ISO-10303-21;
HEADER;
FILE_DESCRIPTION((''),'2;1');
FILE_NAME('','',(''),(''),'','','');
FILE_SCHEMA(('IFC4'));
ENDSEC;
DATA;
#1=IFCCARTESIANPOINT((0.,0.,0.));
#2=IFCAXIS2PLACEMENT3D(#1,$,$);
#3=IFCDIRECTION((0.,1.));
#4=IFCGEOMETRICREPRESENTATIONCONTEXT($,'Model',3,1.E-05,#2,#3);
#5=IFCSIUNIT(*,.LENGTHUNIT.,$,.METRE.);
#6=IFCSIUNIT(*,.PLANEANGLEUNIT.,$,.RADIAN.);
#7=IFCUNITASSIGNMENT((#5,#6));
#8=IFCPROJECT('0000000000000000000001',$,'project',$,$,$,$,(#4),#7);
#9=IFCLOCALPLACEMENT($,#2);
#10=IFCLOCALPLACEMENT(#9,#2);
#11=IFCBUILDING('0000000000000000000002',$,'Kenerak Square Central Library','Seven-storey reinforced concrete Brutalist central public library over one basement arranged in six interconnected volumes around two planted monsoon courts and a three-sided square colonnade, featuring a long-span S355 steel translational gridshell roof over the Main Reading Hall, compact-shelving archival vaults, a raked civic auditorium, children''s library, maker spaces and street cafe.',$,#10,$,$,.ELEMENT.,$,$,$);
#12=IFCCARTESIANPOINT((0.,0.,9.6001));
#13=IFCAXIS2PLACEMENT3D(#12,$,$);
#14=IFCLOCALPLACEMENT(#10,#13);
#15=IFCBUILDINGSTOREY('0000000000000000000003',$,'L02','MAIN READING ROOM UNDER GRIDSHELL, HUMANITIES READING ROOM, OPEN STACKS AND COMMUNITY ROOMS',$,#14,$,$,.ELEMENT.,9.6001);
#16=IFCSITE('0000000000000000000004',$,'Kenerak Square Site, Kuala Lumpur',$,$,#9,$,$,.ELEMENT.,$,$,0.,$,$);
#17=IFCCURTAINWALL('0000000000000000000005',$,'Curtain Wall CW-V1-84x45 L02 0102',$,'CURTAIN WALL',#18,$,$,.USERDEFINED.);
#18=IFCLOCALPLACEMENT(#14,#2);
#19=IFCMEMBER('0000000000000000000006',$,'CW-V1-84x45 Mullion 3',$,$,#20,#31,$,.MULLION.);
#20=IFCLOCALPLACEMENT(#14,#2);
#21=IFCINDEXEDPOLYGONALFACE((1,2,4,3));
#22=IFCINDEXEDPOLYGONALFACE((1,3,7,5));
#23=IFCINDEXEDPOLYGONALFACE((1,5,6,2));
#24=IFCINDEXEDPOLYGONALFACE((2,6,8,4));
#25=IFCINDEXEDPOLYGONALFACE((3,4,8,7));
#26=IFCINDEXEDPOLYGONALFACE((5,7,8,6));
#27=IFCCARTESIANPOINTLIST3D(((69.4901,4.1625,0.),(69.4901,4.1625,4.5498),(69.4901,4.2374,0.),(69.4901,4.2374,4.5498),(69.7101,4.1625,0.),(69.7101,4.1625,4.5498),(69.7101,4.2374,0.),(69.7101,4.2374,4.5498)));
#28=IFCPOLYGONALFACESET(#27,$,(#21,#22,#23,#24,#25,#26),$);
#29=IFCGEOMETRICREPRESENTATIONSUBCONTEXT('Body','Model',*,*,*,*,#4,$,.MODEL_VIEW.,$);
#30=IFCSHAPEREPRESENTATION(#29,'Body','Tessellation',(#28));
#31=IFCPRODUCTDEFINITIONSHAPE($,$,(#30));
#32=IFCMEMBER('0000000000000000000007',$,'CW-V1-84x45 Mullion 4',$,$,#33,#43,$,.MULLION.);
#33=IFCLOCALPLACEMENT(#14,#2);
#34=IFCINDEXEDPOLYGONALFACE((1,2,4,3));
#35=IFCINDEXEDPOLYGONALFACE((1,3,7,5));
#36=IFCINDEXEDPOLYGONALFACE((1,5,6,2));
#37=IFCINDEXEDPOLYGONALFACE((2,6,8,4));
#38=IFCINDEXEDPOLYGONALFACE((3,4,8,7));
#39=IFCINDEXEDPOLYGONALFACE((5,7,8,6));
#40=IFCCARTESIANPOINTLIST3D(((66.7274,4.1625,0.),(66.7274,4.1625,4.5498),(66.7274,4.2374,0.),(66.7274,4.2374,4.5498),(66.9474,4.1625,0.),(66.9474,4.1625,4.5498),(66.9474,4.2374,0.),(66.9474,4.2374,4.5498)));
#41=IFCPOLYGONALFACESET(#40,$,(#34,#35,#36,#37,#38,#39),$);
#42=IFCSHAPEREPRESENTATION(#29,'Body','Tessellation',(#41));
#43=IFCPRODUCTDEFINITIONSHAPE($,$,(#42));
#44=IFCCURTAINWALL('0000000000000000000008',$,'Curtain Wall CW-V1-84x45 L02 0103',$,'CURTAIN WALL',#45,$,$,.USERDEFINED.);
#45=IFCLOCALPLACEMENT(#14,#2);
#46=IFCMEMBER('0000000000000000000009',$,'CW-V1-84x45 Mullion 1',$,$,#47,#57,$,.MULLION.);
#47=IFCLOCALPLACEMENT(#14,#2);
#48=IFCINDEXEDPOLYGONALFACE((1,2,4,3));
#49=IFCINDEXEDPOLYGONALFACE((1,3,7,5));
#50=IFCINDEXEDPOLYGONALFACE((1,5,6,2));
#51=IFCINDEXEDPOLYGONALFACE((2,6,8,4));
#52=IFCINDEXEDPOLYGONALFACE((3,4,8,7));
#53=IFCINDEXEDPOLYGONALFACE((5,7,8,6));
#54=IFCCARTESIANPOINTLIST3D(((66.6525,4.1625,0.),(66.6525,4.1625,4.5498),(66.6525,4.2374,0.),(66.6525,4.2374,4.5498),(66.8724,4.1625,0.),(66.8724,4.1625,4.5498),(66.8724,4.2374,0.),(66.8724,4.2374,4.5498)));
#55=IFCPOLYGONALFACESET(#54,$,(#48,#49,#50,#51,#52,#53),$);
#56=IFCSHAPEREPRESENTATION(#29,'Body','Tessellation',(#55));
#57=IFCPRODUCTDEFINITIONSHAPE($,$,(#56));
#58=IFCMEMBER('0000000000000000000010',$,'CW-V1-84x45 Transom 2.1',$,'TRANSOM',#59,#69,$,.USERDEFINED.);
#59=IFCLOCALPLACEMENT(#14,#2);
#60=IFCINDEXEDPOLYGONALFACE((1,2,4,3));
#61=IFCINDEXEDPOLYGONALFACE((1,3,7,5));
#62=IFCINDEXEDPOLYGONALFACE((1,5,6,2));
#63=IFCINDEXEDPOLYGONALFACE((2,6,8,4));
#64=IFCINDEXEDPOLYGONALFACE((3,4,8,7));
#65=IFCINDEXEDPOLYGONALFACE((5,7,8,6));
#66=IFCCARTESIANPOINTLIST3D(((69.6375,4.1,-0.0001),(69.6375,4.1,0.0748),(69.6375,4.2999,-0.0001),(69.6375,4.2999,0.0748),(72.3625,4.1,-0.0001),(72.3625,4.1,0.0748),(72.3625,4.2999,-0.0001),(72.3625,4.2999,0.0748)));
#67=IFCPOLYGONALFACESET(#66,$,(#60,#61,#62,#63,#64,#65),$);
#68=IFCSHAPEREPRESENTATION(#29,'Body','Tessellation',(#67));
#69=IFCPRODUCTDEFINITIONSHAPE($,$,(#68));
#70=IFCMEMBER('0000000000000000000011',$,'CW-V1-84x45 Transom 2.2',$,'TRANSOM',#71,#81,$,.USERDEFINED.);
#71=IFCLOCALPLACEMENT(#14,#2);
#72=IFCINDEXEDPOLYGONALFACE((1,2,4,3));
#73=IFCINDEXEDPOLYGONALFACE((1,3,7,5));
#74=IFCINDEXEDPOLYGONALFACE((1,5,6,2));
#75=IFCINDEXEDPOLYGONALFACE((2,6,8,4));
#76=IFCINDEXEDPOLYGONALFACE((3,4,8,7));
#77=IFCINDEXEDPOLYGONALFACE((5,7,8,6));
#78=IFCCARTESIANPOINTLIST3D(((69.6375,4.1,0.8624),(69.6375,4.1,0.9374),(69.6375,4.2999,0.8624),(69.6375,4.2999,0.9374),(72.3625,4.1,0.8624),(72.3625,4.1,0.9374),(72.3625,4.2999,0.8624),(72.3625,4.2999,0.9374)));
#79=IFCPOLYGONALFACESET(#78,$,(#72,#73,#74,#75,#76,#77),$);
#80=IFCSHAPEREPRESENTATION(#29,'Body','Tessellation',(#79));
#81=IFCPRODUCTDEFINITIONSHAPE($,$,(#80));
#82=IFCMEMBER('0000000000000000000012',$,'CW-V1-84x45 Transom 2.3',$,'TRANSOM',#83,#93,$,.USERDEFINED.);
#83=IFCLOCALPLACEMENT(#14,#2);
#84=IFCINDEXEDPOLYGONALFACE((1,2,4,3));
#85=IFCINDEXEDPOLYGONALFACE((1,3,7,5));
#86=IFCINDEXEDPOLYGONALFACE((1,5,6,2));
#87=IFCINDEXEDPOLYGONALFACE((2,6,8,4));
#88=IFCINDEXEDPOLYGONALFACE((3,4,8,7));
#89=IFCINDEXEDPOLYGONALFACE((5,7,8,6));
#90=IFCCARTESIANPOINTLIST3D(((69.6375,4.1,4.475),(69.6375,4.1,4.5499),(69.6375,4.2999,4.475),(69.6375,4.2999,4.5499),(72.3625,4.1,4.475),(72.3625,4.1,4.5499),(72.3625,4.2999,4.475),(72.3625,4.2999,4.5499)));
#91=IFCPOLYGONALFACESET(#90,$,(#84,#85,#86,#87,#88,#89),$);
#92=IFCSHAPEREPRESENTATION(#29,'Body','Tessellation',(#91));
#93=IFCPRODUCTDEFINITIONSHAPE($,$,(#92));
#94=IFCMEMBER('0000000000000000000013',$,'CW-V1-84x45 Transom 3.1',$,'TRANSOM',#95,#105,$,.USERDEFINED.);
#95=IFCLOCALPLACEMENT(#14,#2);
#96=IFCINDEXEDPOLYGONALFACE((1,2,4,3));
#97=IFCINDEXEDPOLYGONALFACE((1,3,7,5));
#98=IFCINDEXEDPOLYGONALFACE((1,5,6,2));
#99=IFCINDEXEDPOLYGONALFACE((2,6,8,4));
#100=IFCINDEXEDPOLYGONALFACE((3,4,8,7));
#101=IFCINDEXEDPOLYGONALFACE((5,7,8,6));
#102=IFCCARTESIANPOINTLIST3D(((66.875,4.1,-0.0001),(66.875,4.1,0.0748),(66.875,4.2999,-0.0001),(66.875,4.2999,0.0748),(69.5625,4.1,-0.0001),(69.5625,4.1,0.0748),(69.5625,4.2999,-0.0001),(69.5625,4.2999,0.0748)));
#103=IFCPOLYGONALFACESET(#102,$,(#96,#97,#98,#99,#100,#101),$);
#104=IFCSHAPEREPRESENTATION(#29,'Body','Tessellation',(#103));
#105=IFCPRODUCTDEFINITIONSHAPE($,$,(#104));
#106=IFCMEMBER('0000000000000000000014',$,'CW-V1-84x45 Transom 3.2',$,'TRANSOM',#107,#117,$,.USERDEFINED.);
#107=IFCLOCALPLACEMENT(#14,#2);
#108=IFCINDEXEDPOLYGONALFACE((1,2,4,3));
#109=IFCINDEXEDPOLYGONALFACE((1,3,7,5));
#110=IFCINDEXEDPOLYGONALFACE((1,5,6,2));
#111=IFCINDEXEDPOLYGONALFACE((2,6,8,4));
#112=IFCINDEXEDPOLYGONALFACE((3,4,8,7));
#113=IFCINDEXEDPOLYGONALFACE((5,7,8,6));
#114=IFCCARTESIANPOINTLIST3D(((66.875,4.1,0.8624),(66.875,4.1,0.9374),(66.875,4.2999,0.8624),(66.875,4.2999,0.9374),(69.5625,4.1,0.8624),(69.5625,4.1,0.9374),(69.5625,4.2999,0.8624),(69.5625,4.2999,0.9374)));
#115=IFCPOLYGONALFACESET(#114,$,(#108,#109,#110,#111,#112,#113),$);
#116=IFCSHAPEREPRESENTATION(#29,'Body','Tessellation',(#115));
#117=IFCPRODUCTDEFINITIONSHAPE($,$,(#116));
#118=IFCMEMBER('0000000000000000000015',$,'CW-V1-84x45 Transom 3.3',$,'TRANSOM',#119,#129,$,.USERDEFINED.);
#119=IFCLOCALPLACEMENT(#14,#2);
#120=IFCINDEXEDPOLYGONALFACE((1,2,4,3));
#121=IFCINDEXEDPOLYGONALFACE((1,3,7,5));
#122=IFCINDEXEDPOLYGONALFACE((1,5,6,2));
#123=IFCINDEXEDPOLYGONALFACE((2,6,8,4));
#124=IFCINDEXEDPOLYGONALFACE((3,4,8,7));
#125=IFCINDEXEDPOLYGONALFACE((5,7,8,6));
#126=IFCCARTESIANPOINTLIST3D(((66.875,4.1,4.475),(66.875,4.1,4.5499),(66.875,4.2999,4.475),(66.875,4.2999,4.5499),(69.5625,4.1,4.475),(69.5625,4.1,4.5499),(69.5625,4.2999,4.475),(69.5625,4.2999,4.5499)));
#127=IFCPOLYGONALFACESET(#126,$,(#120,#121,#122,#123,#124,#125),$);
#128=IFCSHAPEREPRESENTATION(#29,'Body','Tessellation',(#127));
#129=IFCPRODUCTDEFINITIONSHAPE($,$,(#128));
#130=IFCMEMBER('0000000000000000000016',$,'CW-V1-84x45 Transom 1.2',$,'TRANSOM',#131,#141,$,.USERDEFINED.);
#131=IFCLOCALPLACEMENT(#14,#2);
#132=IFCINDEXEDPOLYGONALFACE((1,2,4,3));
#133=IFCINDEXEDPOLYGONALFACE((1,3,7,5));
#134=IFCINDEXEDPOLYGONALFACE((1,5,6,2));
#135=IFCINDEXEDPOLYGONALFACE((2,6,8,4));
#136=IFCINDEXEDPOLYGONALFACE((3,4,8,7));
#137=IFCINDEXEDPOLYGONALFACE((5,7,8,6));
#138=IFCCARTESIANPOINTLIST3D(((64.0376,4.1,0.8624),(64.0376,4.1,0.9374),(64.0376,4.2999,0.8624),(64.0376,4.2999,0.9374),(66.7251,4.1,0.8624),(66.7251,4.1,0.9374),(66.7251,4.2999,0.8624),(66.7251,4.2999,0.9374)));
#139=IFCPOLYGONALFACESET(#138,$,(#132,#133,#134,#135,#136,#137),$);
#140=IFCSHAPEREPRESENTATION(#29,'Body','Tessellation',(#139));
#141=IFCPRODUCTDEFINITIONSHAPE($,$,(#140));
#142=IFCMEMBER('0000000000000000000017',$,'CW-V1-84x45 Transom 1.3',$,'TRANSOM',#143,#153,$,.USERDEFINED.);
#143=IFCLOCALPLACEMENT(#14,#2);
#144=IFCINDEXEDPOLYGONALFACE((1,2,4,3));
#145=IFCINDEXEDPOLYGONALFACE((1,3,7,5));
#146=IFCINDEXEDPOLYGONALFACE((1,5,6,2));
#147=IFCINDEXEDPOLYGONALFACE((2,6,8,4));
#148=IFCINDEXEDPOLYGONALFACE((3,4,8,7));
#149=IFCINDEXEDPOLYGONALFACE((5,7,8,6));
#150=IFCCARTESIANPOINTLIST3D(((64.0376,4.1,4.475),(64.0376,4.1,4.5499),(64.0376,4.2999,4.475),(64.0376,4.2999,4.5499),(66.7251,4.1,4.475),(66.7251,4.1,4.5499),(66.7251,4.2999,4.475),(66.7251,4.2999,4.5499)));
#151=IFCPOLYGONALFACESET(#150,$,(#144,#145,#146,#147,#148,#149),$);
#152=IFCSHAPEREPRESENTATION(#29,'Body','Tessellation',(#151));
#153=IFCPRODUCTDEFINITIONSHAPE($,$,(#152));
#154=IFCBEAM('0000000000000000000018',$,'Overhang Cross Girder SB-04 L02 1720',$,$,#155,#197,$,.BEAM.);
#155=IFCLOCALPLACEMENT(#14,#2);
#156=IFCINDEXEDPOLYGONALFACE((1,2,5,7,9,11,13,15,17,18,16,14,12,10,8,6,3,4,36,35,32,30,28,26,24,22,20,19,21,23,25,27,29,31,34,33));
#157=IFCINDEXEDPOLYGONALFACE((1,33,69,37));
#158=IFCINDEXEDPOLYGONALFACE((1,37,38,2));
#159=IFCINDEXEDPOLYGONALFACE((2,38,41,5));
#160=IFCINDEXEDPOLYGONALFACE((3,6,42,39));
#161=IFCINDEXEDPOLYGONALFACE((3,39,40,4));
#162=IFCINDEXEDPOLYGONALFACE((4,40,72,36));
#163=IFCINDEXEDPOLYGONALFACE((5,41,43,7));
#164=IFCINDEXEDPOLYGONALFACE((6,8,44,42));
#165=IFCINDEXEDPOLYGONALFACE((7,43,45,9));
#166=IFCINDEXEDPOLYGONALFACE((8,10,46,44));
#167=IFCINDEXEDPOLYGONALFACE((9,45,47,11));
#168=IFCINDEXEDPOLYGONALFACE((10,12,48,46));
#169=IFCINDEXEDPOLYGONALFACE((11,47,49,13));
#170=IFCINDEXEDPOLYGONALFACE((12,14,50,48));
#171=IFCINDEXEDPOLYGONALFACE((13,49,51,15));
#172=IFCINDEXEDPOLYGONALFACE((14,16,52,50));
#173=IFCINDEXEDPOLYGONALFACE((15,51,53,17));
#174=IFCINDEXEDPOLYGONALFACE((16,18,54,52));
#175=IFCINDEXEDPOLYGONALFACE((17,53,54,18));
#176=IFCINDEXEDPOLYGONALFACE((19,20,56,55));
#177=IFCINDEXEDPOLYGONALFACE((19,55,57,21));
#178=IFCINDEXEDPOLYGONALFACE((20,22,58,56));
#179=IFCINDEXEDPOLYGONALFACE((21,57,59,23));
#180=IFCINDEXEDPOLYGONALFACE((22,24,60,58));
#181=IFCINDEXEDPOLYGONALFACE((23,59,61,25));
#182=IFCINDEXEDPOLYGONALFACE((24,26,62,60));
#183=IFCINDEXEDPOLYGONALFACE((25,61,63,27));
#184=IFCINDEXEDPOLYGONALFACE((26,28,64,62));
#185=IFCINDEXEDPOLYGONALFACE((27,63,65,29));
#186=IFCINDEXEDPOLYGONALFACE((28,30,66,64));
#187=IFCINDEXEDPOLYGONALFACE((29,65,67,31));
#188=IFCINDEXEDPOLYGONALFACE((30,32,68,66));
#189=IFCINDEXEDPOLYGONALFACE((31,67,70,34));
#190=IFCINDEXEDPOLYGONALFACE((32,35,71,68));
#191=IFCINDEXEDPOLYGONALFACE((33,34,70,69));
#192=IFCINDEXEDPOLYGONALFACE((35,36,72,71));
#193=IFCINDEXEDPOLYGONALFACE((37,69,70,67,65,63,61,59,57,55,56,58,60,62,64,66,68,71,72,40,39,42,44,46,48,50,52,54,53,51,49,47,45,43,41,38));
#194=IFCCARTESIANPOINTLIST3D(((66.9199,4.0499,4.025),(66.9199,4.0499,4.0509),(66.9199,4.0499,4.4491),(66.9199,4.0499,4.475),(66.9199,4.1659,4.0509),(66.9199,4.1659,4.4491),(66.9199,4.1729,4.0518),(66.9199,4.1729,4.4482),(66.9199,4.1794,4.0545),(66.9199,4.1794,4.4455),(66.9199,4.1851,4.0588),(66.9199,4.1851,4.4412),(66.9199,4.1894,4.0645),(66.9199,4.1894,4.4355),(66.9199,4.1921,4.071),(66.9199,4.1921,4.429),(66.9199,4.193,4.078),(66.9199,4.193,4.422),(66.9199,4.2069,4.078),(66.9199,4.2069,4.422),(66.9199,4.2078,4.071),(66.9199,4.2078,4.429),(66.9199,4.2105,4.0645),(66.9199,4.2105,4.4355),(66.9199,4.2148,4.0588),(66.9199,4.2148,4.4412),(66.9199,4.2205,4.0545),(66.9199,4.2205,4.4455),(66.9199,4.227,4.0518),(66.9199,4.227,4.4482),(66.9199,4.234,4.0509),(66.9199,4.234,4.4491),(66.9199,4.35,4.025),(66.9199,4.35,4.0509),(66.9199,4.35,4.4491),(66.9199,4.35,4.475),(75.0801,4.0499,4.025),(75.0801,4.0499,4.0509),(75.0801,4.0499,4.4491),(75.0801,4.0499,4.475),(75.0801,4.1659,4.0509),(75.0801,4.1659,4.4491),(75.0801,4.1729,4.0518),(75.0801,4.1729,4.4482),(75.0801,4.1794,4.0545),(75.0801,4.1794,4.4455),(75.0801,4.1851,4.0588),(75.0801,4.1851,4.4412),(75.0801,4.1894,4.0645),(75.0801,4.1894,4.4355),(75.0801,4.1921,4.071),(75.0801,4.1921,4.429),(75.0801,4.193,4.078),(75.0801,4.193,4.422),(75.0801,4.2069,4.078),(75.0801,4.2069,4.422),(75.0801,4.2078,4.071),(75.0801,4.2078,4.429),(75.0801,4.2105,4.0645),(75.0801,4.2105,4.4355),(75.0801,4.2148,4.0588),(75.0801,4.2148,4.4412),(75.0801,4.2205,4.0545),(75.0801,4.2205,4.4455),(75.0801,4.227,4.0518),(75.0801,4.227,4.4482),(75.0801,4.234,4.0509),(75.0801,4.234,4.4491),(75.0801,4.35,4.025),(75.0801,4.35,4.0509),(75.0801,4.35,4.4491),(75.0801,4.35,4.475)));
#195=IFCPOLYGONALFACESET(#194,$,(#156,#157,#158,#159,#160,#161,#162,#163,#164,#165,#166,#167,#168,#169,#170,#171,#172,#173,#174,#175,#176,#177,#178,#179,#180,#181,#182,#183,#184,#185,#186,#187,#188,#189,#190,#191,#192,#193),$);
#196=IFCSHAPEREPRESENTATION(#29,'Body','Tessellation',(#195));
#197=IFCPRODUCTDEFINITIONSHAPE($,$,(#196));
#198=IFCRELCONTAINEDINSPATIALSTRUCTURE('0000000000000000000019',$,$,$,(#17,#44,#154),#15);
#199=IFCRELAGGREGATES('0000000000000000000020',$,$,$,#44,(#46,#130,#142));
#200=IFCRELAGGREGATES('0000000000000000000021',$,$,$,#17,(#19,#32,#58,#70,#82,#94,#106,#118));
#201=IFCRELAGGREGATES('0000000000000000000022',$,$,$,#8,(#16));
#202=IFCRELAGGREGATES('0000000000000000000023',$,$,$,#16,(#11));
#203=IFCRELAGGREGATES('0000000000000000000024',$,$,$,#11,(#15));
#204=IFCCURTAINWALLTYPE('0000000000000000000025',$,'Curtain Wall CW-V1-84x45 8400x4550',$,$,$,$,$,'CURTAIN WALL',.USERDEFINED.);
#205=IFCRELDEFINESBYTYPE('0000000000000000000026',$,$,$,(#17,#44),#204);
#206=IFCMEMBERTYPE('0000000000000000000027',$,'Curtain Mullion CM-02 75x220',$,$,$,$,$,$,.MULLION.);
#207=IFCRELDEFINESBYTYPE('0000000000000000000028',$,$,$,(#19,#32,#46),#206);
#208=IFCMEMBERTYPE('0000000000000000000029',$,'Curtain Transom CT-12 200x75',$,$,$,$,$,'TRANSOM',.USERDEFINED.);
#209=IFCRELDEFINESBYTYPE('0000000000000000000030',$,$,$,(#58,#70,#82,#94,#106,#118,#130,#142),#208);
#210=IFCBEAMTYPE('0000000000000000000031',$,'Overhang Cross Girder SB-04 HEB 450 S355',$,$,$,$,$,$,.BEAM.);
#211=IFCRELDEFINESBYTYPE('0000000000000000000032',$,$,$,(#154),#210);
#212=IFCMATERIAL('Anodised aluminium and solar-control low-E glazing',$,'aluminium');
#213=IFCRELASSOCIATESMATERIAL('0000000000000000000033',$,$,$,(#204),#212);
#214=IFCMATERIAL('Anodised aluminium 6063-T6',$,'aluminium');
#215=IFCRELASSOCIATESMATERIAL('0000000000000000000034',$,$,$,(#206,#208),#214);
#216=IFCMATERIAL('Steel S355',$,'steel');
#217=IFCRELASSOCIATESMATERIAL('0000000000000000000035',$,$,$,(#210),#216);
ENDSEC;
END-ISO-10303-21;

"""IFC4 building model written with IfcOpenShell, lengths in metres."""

from ifc_helpers import new_model, si_unit, direction, frame, origin, origin_2d, place, context, subcontext, project, spatial, rectangle, i_section, extrude, material, material_profile, profile_set, type_object, element, aggregate, save


model = new_model("IFC4")

# Units and contexts
model_context = context("Model", 3, precision=1e-05, world=origin(), true_north=direction((0.0, 1.0)))
body_context = subcontext(model_context, "Body", "Model", "MODEL_VIEW")
ifc_project = project(units=[si_unit("LENGTHUNIT", "METRE"), si_unit("PLANEANGLEUNIT", "RADIAN")], contexts=[model_context])

# Site, building, storey
site_placement = place(None, origin())
site = spatial("IfcSite", under=ifc_project, at=site_placement, Name="Kenerak Square Site, Kuala Lumpur", CompositionType="ELEMENT", RefElevation=0.0)
building_placement = place(site_placement, origin())
building = spatial("IfcBuilding", under=site, at=building_placement, Name="Kenerak Square Central Library", Description="Seven-storey reinforced concrete Brutalist central public library over one basement arranged in six interconnected volumes around two planted monsoon courts and a three-sided square colonnade, featuring a long-span S355 steel translational gridshell roof over the Main Reading Hall, compact-shelving archival vaults, a raked civic auditorium, children's library, maker spaces and street cafe.", CompositionType="ELEMENT")
storey_placement = place(building_placement, frame((0.0, 0.0, 9.6001)))
storey = spatial("IfcBuildingStorey", under=building, at=storey_placement, Name="L02", Description="MAIN READING ROOM UNDER GRIDSHELL, HUMANITIES READING ROOM, OPEN STACKS AND COMMUNITY ROOMS", CompositionType="ELEMENT", Elevation=9.6001)

# Curtain wall, members
ifc_material_1 = material(Name="Anodised aluminium and solar-control low-E glazing", Category="aluminium")
curtain_wall_type = type_object("IfcCurtainWallType", Name="Curtain Wall CW-V1-84x45 8400x4550", ElementType="CURTAIN WALL", PredefinedType="USERDEFINED", material=ifc_material_1)
curtain_wall_1_placement = place(storey_placement, origin())
curtain_wall_1 = element("IfcCurtainWall", 1, at=curtain_wall_1_placement, inside=storey, type_object=curtain_wall_type, Name="Curtain Wall CW-V1-84x45 L02 0102", ObjectType="CURTAIN WALL", PredefinedType="USERDEFINED")
ifc_material_2 = material(Name="Anodised aluminium 6063-T6", Category="aluminium")
ifc_material_profile_1 = material_profile(ifc_material_2, rectangle(XDim=0.075, YDim=0.22, at=origin_2d()), Name="AL MULLION 75x220")
ifc_profile_set_1 = profile_set([ifc_material_profile_1], Name="Anodised aluminium 6063-T6")
member_type_1 = type_object("IfcMemberType", Name="Curtain Mullion CM-02 75x220", PredefinedType="MULLION", material=ifc_profile_set_1)
member_1_placement = place(storey_placement, frame((69.6001, 4.2, 0.0), z_axis=(0.0, 0.0, 1.0), x_axis=(0.0, -1.0, 0.0)))
member_1 = element("IfcMember", 2, at=member_1_placement, type_object=member_type_1, Name="CW-V1-84x45 Mullion 3", PredefinedType="MULLION", context=body_context, shape_type="SweptSolid", body=[
    extrude(rectangle(XDim=0.075, YDim=0.22, at=origin_2d()), origin(), (0.0, 0.0, 1.0), 4.5498),
])
member_2_placement = place(storey_placement, frame((66.8374, 4.2, 0.0), z_axis=(0.0, 0.0, 1.0), x_axis=(0.0, -1.0, 0.0)))
member_2 = element("IfcMember", 3, at=member_2_placement, type_object=member_type_1, Name="CW-V1-84x45 Mullion 4", PredefinedType="MULLION", context=body_context, shape_type="SweptSolid", body=[
    extrude(rectangle(XDim=0.075, YDim=0.22, at=origin_2d()), origin(), (0.0, 0.0, 1.0), 4.5498),
])

# Curtain wall, member
curtain_wall_2_placement = place(storey_placement, origin())
curtain_wall_2 = element("IfcCurtainWall", 4, at=curtain_wall_2_placement, inside=storey, type_object=curtain_wall_type, Name="Curtain Wall CW-V1-84x45 L02 0103", ObjectType="CURTAIN WALL", PredefinedType="USERDEFINED")
member_3_placement = place(storey_placement, frame((66.7625, 4.2, 0.0), z_axis=(0.0, 0.0, 1.0), x_axis=(0.0, -1.0, 0.0)))
member_3 = element("IfcMember", 5, at=member_3_placement, type_object=member_type_1, Name="CW-V1-84x45 Mullion 1", PredefinedType="MULLION", context=body_context, shape_type="SweptSolid", body=[
    extrude(rectangle(XDim=0.075, YDim=0.22, at=origin_2d()), origin(), (0.0, 0.0, 1.0), 4.5498),
])

# Members
ifc_material_profile_2 = material_profile(ifc_material_2, rectangle(XDim=0.2, YDim=0.075, at=origin_2d()), Name="AL TRANSOM 200x75")
ifc_profile_set_2 = profile_set([ifc_material_profile_2], Name="Anodised aluminium 6063-T6")
member_type_2 = type_object("IfcMemberType", Name="Curtain Transom CT-12 200x75", ElementType="TRANSOM", PredefinedType="USERDEFINED", material=ifc_profile_set_2)
member_4_placement = place(storey_placement, frame((72.3625, 4.2, 0.0374), z_axis=(-1.0, 0.0, 0.0), x_axis=(0.0, -1.0, 0.0)))
member_4 = element("IfcMember", 6, at=member_4_placement, type_object=member_type_2, Name="CW-V1-84x45 Transom 2.1", ObjectType="TRANSOM", PredefinedType="USERDEFINED", context=body_context, shape_type="SweptSolid", body=[
    extrude(rectangle(XDim=0.2, YDim=0.075, at=origin_2d()), origin(), (0.0, 0.0, 1.0), 2.7251),
])
member_5_placement = place(storey_placement, frame((72.3625, 4.2, 0.8999), z_axis=(-1.0, 0.0, 0.0), x_axis=(0.0, -1.0, 0.0)))
member_5 = element("IfcMember", 7, at=member_5_placement, type_object=member_type_2, Name="CW-V1-84x45 Transom 2.2", ObjectType="TRANSOM", PredefinedType="USERDEFINED", context=body_context, shape_type="SweptSolid", body=[
    extrude(rectangle(XDim=0.2, YDim=0.075, at=origin_2d()), origin(), (0.0, 0.0, 1.0), 2.7251),
])
member_6_placement = place(storey_placement, frame((72.3625, 4.2, 4.5125), z_axis=(-1.0, 0.0, 0.0), x_axis=(0.0, -1.0, 0.0)))
member_6 = element("IfcMember", 8, at=member_6_placement, type_object=member_type_2, Name="CW-V1-84x45 Transom 2.3", ObjectType="TRANSOM", PredefinedType="USERDEFINED", context=body_context, shape_type="SweptSolid", body=[
    extrude(rectangle(XDim=0.2, YDim=0.075, at=origin_2d()), origin(), (0.0, 0.0, 1.0), 2.7251),
])
member_7_placement = place(storey_placement, frame((69.5625, 4.2, 0.0374), z_axis=(-1.0, 0.0, 0.0), x_axis=(0.0, -1.0, 0.0)))
member_7 = element("IfcMember", 9, at=member_7_placement, type_object=member_type_2, Name="CW-V1-84x45 Transom 3.1", ObjectType="TRANSOM", PredefinedType="USERDEFINED", context=body_context, shape_type="SweptSolid", body=[
    extrude(rectangle(XDim=0.2, YDim=0.075, at=origin_2d()), origin(), (0.0, 0.0, 1.0), 2.6875),
])
member_8_placement = place(storey_placement, frame((69.5625, 4.2, 0.8999), z_axis=(-1.0, 0.0, 0.0), x_axis=(0.0, -1.0, 0.0)))
member_8 = element("IfcMember", 10, at=member_8_placement, type_object=member_type_2, Name="CW-V1-84x45 Transom 3.2", ObjectType="TRANSOM", PredefinedType="USERDEFINED", context=body_context, shape_type="SweptSolid", body=[
    extrude(rectangle(XDim=0.2, YDim=0.075, at=origin_2d()), origin(), (0.0, 0.0, 1.0), 2.6875),
])
member_9_placement = place(storey_placement, frame((69.5625, 4.2, 4.5125), z_axis=(-1.0, 0.0, 0.0), x_axis=(0.0, -1.0, 0.0)))
member_9 = element("IfcMember", 11, at=member_9_placement, type_object=member_type_2, Name="CW-V1-84x45 Transom 3.3", ObjectType="TRANSOM", PredefinedType="USERDEFINED", context=body_context, shape_type="SweptSolid", body=[
    extrude(rectangle(XDim=0.2, YDim=0.075, at=origin_2d()), origin(), (0.0, 0.0, 1.0), 2.6875),
])
member_10_placement = place(storey_placement, frame((66.7251, 4.2, 0.8999), z_axis=(-1.0, 0.0, 0.0), x_axis=(0.0, -1.0, 0.0)))
member_10 = element("IfcMember", 12, at=member_10_placement, type_object=member_type_2, Name="CW-V1-84x45 Transom 1.2", ObjectType="TRANSOM", PredefinedType="USERDEFINED", context=body_context, shape_type="SweptSolid", body=[
    extrude(rectangle(XDim=0.2, YDim=0.075, at=origin_2d()), origin(), (0.0, 0.0, 1.0), 2.6875),
])
member_11_placement = place(storey_placement, frame((66.7251, 4.2, 4.5125), z_axis=(-1.0, 0.0, 0.0), x_axis=(0.0, -1.0, 0.0)))
member_11 = element("IfcMember", 13, at=member_11_placement, type_object=member_type_2, Name="CW-V1-84x45 Transom 1.3", ObjectType="TRANSOM", PredefinedType="USERDEFINED", context=body_context, shape_type="SweptSolid", body=[
    extrude(rectangle(XDim=0.2, YDim=0.075, at=origin_2d()), origin(), (0.0, 0.0, 1.0), 2.6875),
])
aggregate(curtain_wall_2, [member_3, member_10, member_11])

# Beam
ifc_material_3 = material(Name="Steel S355", Category="steel")
ifc_material_profile_3 = material_profile(ifc_material_3, i_section(OverallWidth=0.3, OverallDepth=0.45, WebThickness=0.0139, FlangeThickness=0.0259, FilletRadius=0.0271, at=origin_2d()), Name="HEB 450")
ifc_profile_set_3 = profile_set([ifc_material_profile_3], Name="Steel S355")
beam_type_1 = type_object("IfcBeamType", Name="Overhang Cross Girder SB-04 HEB 450 S355", PredefinedType="BEAM", material=ifc_profile_set_3)
beam_1_placement = place(storey_placement, frame((66.9199, 4.2, 4.25), z_axis=(1.0, 0.0, 0.0), x_axis=(0.0, 1.0, 0.0)))
element("IfcBeam", 14, at=beam_1_placement, inside=storey, type_object=beam_type_1, Name="Overhang Cross Girder SB-04 L02 1720", PredefinedType="BEAM", context=body_context, shape_type="SweptSolid", body=[
    extrude(i_section(OverallWidth=0.3, OverallDepth=0.45, WebThickness=0.0139, FlangeThickness=0.0259, FilletRadius=0.0271, at=origin_2d()), origin(), (0.0, 0.0, 1.0), 8.1602),
])

aggregate(curtain_wall_1, [member_1, member_2, member_4, member_5, member_6, member_7, member_8, member_9])

save(model, "model.ifc")
